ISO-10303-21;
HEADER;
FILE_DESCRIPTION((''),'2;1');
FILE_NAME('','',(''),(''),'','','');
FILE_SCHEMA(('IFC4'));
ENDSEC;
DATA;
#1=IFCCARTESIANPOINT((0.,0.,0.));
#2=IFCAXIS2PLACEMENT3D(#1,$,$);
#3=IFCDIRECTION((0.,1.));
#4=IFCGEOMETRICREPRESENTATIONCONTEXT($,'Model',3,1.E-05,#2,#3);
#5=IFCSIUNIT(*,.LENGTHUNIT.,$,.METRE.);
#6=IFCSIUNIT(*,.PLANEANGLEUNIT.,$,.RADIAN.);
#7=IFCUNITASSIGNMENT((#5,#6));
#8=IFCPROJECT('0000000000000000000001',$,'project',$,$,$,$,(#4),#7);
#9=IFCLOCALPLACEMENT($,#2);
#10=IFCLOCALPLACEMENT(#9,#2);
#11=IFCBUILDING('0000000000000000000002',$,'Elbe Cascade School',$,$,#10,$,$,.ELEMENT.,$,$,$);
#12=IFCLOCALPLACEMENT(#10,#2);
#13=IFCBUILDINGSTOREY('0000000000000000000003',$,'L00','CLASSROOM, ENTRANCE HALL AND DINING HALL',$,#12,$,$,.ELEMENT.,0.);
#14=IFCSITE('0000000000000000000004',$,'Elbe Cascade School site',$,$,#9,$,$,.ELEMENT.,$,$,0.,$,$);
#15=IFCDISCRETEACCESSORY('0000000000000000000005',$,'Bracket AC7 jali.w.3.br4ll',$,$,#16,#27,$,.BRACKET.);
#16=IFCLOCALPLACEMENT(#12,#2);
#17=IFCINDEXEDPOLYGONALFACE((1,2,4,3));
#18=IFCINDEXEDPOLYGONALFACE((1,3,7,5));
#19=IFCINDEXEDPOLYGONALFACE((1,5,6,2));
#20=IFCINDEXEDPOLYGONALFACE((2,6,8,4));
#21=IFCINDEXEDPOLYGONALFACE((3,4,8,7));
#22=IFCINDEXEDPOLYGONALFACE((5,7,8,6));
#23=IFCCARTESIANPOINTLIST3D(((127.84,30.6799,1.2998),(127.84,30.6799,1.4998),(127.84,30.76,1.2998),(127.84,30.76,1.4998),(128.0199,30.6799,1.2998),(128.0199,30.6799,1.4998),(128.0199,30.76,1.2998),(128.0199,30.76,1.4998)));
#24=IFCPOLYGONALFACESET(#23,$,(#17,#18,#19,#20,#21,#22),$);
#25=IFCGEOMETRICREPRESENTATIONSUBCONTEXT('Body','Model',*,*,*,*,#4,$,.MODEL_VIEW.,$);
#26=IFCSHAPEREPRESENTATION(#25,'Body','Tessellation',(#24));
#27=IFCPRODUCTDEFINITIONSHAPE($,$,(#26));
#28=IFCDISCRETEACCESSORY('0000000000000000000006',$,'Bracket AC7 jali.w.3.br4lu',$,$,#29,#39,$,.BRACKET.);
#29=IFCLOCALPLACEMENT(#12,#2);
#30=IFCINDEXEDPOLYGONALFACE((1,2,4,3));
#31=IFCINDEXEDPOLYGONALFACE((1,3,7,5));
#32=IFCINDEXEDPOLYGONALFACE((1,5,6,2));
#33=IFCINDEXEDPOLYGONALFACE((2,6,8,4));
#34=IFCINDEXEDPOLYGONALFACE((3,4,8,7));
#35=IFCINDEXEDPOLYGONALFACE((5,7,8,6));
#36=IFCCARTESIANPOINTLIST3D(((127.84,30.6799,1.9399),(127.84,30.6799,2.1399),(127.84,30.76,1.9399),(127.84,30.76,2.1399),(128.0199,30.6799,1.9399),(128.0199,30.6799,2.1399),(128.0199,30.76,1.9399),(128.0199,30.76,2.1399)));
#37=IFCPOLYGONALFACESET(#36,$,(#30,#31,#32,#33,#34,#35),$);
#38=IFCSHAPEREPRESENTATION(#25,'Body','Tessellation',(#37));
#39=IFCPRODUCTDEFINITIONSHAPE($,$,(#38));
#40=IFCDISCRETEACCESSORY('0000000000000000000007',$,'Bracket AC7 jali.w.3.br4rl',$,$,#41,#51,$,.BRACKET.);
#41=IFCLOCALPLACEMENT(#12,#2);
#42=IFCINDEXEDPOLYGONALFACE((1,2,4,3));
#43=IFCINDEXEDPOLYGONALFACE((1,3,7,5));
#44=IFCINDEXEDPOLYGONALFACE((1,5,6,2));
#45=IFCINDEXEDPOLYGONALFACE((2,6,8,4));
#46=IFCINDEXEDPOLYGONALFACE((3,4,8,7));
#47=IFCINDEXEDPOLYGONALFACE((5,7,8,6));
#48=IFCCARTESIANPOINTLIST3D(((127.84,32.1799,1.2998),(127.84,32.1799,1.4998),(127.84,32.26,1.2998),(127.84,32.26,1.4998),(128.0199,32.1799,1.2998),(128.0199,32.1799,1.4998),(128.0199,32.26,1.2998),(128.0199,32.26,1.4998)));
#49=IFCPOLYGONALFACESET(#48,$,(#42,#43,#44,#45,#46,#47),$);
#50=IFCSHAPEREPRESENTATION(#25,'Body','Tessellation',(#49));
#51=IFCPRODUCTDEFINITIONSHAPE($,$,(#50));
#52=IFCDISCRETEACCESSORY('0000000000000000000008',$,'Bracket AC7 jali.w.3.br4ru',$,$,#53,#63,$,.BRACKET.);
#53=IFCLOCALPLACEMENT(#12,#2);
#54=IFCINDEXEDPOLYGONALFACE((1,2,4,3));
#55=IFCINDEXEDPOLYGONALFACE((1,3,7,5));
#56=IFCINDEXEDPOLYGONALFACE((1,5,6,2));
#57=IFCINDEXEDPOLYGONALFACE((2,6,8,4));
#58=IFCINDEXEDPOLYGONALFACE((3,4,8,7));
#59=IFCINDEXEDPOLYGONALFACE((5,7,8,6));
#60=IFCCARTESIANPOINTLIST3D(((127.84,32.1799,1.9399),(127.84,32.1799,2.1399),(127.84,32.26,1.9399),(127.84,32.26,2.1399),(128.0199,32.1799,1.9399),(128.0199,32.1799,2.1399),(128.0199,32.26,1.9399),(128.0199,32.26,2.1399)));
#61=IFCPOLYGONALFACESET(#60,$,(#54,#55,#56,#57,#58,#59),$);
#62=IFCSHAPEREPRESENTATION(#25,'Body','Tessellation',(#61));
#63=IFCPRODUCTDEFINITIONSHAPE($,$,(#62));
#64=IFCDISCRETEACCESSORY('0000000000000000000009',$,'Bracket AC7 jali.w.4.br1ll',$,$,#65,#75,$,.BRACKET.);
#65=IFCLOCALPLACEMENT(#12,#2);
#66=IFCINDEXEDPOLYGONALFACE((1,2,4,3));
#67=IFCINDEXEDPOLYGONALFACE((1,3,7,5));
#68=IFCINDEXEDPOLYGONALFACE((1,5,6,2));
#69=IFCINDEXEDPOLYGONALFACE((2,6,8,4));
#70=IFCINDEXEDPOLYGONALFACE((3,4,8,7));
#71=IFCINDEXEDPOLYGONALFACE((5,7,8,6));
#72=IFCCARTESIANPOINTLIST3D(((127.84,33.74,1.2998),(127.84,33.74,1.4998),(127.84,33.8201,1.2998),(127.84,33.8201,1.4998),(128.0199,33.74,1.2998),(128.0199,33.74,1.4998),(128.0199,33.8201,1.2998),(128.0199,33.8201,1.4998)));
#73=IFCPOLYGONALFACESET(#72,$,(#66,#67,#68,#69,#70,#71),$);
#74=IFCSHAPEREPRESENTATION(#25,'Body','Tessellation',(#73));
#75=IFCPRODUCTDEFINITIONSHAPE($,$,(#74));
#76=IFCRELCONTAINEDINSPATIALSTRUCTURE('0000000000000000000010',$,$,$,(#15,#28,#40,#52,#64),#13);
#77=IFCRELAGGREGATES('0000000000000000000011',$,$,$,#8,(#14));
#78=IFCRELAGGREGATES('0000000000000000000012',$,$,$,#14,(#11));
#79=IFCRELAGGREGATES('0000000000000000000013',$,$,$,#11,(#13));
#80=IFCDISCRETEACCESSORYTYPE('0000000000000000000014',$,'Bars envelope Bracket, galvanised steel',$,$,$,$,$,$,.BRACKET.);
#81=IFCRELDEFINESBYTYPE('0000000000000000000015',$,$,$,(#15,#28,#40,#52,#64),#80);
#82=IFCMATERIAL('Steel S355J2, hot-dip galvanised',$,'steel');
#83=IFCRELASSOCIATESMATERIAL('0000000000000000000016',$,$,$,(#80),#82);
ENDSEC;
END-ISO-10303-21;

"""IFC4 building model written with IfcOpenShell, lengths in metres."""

from ifc_helpers import new_model, si_unit, direction, frame, origin, origin_2d, place, context, subcontext, project, spatial, rectangle, extrude, material, type_object, element, save


model = new_model("IFC4")

# Units and contexts
model_context = context("Model", 3, precision=1e-05, world=origin(), true_north=direction((0.0, 1.0)))
body_context = subcontext(model_context, "Body", "Model", "MODEL_VIEW")
ifc_project = project(units=[si_unit("LENGTHUNIT", "METRE"), si_unit("PLANEANGLEUNIT", "RADIAN")], contexts=[model_context])

# Site, building, storey
site_placement = place(None, origin())
site = spatial("IfcSite", under=ifc_project, at=site_placement, Name="Elbe Cascade School site", CompositionType="ELEMENT", RefElevation=0.0)
building_placement = place(site_placement, origin())
building = spatial("IfcBuilding", under=site, at=building_placement, Name="Elbe Cascade School", CompositionType="ELEMENT")
storey_placement = place(building_placement, origin())
storey = spatial("IfcBuildingStorey", under=building, at=storey_placement, Name="L00", Description="CLASSROOM, ENTRANCE HALL AND DINING HALL", CompositionType="ELEMENT", Elevation=0.0)

# Discrete accessories
ifc_material_1 = material(Name="Steel S355J2, hot-dip galvanised", Category="steel")
discrete_accessory_type = type_object("IfcDiscreteAccessoryType", Name="Bars envelope Bracket, galvanised steel", PredefinedType="BRACKET", material=ifc_material_1)
for number, where, z_axis, x_axis, name in (
    (1, (127.9299, 30.72, 1.2998), (0.0, 0.0, 1.0), (0.0, 1.0, 0.0), "Bracket AC7 jali.w.3.br4ll"),
    (2, (127.9299, 30.72, 1.9399), (0.0, 0.0, 1.0), (0.0, 1.0, 0.0), "Bracket AC7 jali.w.3.br4lu"),
    (3, (127.9299, 32.22, 1.2998), (0.0, 0.0, 1.0), (0.0, 1.0, 0.0), "Bracket AC7 jali.w.3.br4rl"),
    (4, (127.9299, 32.22, 1.9399), (0.0, 0.0, 1.0), (0.0, 1.0, 0.0), "Bracket AC7 jali.w.3.br4ru"),
    (5, (127.9299, 33.78, 1.2998), (0.0, 0.0, 1.0), (0.0, 1.0, 0.0), "Bracket AC7 jali.w.4.br1ll"),
):
    element("IfcDiscreteAccessory", number, at=place(storey_placement, frame(where, z_axis=z_axis, x_axis=x_axis)), inside=storey, type_object=discrete_accessory_type, Name=name, PredefinedType="BRACKET", context=body_context, shape_type="SweptSolid", body=[
        extrude(rectangle(XDim=0.0801, YDim=0.1799, at=origin_2d()), origin(), (0.0, 0.0, 1.0), 0.2),
    ])

save(model, "model.ifc")
